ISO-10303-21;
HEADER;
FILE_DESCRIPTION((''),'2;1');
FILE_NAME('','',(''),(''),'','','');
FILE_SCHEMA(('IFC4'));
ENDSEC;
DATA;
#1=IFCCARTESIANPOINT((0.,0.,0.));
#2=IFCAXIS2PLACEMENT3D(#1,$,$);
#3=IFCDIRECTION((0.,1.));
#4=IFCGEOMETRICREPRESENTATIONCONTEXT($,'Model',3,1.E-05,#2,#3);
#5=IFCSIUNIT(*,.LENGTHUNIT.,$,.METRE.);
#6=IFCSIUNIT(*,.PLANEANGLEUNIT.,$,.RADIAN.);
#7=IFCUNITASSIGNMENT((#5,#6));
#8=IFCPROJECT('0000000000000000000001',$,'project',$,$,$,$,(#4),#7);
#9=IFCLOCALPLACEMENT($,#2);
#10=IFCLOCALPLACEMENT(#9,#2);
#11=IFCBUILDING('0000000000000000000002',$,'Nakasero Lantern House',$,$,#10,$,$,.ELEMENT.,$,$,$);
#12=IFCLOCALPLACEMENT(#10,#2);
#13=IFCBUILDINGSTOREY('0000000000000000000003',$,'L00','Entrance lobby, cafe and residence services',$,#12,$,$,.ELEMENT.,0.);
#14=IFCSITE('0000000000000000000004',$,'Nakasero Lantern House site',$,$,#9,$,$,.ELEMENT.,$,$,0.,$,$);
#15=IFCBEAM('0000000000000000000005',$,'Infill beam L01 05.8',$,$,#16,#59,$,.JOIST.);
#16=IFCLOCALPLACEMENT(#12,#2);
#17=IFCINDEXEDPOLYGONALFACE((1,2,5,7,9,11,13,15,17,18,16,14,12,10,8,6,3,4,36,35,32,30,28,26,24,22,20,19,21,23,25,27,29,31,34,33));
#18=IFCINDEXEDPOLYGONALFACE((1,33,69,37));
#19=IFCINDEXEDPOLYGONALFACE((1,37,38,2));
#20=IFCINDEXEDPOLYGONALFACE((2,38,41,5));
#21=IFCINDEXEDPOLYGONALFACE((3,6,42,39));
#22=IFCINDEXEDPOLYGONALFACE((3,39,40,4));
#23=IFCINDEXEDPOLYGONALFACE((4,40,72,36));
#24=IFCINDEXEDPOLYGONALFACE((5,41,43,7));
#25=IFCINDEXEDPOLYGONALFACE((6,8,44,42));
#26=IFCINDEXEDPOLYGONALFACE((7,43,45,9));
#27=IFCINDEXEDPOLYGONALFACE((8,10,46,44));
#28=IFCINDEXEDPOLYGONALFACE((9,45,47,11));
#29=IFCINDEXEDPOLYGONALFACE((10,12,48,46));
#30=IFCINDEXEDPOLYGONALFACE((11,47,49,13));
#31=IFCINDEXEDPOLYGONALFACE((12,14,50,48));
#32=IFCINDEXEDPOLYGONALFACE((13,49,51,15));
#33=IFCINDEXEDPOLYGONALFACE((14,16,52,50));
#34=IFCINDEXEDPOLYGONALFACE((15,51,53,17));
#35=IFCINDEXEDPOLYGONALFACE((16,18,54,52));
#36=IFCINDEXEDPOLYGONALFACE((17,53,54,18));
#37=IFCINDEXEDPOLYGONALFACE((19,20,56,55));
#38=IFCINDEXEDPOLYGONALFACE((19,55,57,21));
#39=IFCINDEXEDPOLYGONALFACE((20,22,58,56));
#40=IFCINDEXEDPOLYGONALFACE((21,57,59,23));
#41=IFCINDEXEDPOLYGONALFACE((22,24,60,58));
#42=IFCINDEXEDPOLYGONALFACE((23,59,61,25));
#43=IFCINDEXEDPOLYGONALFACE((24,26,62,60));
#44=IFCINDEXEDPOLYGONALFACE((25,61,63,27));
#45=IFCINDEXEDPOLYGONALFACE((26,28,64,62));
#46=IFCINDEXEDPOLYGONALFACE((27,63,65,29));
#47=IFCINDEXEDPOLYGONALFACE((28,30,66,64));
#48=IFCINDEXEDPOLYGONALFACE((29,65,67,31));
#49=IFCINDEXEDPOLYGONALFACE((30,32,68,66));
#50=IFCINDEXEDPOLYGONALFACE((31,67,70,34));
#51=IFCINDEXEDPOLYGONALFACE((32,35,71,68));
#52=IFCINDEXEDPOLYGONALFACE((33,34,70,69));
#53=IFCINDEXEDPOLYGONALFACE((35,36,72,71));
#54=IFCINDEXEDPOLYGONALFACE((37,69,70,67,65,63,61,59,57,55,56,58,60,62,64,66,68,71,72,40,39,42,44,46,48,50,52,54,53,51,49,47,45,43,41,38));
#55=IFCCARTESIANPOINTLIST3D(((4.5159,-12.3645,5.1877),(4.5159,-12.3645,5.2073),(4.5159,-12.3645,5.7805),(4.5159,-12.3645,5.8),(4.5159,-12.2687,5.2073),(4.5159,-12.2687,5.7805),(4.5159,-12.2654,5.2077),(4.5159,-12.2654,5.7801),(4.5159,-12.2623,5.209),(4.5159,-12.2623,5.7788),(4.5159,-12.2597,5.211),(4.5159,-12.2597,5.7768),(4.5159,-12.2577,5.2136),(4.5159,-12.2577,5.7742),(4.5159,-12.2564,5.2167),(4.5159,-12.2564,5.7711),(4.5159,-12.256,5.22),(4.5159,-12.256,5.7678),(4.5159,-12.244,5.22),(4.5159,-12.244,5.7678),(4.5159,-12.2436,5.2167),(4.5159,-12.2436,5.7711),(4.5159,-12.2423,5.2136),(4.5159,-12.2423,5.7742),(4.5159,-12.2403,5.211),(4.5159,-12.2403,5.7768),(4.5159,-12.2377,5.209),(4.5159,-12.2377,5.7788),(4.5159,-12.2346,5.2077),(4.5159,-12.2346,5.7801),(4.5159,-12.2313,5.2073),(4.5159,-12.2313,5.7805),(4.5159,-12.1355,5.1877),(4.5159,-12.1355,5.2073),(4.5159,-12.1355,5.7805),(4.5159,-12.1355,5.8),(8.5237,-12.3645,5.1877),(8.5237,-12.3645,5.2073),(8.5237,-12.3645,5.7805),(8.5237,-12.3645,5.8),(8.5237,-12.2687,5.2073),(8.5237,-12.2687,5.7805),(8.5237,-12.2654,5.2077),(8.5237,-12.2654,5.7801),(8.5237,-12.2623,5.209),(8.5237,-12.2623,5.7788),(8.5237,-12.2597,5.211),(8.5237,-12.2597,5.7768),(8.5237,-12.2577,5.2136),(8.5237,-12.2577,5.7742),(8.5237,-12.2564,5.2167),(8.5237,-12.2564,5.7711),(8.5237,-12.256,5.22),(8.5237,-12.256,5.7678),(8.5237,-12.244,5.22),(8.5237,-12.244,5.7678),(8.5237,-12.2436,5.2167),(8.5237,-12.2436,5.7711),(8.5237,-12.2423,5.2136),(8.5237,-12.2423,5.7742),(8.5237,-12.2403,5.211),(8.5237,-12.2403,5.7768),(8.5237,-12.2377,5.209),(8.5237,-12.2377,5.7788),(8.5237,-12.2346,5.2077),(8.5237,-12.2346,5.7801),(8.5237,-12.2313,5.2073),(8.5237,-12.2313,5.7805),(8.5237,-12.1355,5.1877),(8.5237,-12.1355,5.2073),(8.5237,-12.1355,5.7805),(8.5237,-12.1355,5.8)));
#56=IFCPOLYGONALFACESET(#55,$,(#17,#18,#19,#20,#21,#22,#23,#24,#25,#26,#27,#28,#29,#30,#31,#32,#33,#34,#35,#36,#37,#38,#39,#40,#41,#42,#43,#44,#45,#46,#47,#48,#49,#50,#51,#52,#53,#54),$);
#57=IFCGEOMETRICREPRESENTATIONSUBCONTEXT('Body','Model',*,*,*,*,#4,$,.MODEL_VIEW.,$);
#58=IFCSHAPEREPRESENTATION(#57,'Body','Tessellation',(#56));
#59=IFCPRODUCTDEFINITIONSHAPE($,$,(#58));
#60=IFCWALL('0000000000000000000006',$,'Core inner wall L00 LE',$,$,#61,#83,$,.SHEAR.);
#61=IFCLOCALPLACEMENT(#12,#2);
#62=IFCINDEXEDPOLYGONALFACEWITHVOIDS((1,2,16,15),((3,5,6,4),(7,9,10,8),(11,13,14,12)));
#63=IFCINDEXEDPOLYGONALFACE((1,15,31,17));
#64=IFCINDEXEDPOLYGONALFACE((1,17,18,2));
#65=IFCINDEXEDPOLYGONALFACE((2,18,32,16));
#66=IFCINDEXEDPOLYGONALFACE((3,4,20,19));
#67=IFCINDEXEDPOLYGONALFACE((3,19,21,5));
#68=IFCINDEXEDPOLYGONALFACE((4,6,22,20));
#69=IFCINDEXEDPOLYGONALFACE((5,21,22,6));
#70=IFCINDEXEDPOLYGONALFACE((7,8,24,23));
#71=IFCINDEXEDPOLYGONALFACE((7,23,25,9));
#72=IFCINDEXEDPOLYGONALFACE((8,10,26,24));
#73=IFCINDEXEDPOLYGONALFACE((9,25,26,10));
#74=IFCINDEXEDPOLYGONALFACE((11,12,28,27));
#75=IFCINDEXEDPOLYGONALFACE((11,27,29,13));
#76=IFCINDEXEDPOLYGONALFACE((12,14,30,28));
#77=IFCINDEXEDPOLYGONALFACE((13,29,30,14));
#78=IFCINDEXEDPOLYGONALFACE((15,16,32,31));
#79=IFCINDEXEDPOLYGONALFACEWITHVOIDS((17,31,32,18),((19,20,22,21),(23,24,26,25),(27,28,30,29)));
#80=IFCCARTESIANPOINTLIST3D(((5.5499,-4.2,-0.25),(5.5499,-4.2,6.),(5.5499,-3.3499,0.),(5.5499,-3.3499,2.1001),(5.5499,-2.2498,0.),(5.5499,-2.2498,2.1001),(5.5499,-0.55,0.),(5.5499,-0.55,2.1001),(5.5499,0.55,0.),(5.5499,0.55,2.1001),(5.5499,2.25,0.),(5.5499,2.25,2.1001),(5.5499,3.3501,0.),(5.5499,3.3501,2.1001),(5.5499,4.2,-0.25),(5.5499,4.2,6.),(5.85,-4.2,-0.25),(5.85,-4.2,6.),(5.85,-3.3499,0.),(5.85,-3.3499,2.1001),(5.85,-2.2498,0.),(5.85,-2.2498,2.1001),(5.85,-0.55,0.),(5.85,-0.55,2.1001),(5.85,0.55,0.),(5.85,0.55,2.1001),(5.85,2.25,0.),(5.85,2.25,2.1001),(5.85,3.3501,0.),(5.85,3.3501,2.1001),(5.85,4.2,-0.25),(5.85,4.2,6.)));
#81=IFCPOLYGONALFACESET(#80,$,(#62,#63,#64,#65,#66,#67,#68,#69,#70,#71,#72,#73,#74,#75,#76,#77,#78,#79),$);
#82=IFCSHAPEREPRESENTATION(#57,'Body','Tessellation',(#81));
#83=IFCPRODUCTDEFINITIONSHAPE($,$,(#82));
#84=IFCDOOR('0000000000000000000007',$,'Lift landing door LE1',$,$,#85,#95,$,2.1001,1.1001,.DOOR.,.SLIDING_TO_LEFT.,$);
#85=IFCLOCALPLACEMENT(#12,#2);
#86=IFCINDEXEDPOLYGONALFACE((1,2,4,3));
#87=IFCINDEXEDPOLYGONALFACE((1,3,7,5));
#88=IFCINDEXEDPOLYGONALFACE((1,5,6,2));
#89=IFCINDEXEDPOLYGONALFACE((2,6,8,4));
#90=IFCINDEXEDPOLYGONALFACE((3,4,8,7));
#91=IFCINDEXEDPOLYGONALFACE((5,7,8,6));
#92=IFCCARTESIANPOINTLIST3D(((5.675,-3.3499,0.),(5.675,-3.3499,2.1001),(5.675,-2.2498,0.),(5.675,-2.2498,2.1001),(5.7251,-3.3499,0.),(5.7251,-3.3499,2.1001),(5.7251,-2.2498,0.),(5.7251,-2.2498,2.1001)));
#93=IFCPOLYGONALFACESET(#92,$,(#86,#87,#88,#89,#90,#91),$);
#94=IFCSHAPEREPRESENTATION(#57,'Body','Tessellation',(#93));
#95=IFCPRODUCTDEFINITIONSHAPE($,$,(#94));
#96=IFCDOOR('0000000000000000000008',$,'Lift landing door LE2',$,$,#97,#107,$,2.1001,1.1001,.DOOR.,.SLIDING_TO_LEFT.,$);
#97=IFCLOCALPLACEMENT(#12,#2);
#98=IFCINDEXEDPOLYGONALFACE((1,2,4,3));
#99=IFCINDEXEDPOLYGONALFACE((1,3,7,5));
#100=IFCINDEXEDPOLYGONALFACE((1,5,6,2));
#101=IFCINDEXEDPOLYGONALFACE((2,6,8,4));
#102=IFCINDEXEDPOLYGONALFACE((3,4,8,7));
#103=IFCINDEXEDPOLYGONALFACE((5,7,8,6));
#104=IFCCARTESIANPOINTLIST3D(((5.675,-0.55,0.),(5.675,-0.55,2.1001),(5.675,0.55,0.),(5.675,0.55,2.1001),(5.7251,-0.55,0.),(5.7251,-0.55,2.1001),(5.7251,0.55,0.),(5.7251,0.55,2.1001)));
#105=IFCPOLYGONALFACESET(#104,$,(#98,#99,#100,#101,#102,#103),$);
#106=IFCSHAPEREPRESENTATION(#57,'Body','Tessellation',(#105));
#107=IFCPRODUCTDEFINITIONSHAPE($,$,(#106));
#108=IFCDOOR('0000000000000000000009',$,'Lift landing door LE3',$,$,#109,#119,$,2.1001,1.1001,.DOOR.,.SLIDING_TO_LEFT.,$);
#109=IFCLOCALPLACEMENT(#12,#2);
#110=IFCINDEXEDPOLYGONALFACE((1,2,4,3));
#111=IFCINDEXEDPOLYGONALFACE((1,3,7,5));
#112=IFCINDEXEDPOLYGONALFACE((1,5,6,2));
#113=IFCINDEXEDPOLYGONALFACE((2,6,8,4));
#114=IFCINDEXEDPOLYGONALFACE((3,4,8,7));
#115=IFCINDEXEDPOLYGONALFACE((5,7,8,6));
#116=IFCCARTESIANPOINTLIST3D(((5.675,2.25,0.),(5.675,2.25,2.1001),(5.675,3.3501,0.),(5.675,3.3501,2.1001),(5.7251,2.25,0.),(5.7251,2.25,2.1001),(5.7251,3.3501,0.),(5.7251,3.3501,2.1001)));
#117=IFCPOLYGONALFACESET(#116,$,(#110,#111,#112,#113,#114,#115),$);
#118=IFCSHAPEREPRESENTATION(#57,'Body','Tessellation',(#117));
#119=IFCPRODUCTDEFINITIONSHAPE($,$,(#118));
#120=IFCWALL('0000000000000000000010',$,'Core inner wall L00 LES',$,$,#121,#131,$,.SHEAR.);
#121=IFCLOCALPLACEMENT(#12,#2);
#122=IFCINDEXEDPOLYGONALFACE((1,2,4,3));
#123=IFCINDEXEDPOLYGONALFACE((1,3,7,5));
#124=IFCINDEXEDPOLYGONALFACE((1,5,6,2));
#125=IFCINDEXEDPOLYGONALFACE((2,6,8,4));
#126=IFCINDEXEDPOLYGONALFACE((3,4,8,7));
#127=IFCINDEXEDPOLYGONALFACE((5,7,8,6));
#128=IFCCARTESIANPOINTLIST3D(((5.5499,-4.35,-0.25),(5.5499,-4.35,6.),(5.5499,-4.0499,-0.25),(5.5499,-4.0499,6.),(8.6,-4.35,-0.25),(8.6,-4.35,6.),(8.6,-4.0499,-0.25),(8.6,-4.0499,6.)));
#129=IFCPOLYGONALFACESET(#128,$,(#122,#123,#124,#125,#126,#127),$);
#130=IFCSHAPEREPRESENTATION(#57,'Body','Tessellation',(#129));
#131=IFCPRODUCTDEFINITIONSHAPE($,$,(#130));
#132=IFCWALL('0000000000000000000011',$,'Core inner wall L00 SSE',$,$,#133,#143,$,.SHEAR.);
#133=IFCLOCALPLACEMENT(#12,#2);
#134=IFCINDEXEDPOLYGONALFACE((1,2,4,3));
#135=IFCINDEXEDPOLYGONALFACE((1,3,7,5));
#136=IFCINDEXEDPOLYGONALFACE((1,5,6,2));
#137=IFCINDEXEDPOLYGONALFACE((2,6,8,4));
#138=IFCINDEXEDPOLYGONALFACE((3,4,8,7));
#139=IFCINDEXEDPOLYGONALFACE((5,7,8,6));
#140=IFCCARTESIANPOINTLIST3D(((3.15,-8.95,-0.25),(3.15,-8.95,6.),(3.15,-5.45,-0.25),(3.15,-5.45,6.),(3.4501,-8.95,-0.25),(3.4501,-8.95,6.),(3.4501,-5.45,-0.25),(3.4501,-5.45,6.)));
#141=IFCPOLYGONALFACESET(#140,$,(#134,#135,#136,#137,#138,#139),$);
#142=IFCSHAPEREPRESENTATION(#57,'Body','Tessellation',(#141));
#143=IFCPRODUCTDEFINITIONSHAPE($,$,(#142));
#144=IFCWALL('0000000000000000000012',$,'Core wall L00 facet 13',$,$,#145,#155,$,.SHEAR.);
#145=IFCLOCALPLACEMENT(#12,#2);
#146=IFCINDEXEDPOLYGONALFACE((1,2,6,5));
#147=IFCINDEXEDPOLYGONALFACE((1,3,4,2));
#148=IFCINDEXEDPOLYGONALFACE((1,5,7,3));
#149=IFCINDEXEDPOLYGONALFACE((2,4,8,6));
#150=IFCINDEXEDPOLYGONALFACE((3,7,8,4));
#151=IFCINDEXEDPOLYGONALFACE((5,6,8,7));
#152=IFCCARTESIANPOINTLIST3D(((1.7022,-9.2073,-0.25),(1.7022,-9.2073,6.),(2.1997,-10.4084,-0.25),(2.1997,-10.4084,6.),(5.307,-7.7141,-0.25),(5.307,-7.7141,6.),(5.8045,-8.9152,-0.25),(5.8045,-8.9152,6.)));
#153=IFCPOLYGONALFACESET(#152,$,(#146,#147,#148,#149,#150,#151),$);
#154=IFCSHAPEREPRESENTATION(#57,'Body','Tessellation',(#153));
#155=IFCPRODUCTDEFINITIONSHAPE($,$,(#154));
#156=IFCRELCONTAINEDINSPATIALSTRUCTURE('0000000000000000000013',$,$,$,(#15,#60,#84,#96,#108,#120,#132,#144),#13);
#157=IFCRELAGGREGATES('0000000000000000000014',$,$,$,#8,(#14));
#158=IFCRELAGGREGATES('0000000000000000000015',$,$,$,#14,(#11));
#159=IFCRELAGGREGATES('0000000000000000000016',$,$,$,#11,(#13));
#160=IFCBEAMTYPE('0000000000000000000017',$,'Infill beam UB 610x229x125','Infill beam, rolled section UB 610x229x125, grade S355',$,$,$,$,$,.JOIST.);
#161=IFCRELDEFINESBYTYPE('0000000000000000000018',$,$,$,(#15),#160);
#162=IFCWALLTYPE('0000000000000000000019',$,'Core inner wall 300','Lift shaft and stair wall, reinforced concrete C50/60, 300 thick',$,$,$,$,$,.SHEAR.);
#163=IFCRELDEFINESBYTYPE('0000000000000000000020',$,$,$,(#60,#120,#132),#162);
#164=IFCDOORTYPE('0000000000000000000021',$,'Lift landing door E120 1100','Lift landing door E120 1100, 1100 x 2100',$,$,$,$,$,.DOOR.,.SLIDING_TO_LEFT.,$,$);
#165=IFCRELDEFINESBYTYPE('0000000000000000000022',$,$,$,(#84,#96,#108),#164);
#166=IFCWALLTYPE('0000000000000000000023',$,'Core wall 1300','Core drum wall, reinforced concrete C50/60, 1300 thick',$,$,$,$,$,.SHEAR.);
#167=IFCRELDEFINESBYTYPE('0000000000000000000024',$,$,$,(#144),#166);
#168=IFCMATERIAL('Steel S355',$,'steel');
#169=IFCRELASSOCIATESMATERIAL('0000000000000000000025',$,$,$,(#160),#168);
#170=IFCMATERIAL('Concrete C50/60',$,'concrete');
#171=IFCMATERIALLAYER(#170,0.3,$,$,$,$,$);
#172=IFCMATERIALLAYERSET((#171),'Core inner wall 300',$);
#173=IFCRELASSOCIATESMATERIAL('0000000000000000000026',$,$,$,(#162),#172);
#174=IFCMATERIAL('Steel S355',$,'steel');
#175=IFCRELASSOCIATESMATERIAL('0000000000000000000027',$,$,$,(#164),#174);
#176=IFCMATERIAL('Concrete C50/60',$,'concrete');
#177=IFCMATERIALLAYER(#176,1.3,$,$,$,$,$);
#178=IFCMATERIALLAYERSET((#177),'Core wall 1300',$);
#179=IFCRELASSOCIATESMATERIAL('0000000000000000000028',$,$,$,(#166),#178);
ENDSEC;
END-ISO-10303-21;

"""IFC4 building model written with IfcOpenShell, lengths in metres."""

from ifc_helpers import new_model, si_unit, direction, frame, frame_2d, origin, origin_2d, place, context, subcontext, project, spatial, rectangle, i_section, extrude, material, layer, layer_set, material_profile, profile_set, type_object, element, fill, save


model = new_model("IFC4")

# Units and contexts
model_context = context("Model", 3, precision=1e-05, world=origin(), true_north=direction((0.0, 1.0)))
body_context = subcontext(model_context, "Body", "Model", "MODEL_VIEW")
ifc_project = project(units=[si_unit("LENGTHUNIT", "METRE"), si_unit("PLANEANGLEUNIT", "RADIAN")], contexts=[model_context])

# Site, building, storey
site_placement = place(None, origin())
site = spatial("IfcSite", under=ifc_project, at=site_placement, Name="Nakasero Lantern House site", CompositionType="ELEMENT", RefElevation=0.0)
building_placement = place(site_placement, origin())
building = spatial("IfcBuilding", under=site, at=building_placement, Name="Nakasero Lantern House", CompositionType="ELEMENT")
storey_placement = place(building_placement, origin())
storey = spatial("IfcBuildingStorey", under=building, at=storey_placement, Name="L00", Description="Entrance lobby, cafe and residence services", CompositionType="ELEMENT", Elevation=0.0)

# Beam
ifc_material_1 = material(Name="Steel S355", Category="steel")
ifc_material_profile_1 = material_profile(ifc_material_1, i_section(OverallWidth=0.229, OverallDepth=0.6123, WebThickness=0.012, FlangeThickness=0.0195, FilletRadius=0.0127, at=origin_2d()), Name="UB 610x229x125")
ifc_profile_set_1 = profile_set([ifc_material_profile_1], Name="Steel S355")
beam_type_1 = type_object("IfcBeamType", Name="Infill beam UB 610x229x125", Description="Infill beam, rolled section UB 610x229x125, grade S355", PredefinedType="JOIST", material=ifc_profile_set_1)
beam_1_placement = place(storey_placement, frame((4.5159, -12.25, 5.4939), z_axis=(1.0, 0.0, 0.0), x_axis=(0.0, 1.0, 0.0)))
element("IfcBeam", 1, at=beam_1_placement, inside=storey, type_object=beam_type_1, Name="Infill beam L01 05.8", PredefinedType="JOIST", context=body_context, shape_type="SweptSolid", body=[
    extrude(i_section(OverallWidth=0.229, OverallDepth=0.6123, WebThickness=0.012, FlangeThickness=0.0195, FilletRadius=0.0127, at=origin_2d()), origin(), (0.0, 0.0, 1.0), 4.0078),
])

# Wall, openings, doors
ifc_material_2 = material(Name="Concrete C50/60", Category="concrete")
ifc_layer_1 = layer(ifc_material_2, 0.3)
ifc_layer_set_1 = layer_set([ifc_layer_1], Name="Core inner wall 300")
wall_type_1 = type_object("IfcWallType", Name="Core inner wall 300", Description="Lift shaft and stair wall, reinforced concrete C50/60, 300 thick", PredefinedType="SHEAR", material=ifc_layer_set_1)
wall_1_placement = place(storey_placement, frame((5.7, -4.2, -0.25), z_axis=(0.0, 0.0, 1.0), x_axis=(0.0, 1.0, 0.0)))
wall_1 = element("IfcWall", 2, at=wall_1_placement, inside=storey, type_object=wall_type_1, Name="Core inner wall L00 LE", PredefinedType="SHEAR", context=body_context, shape_type="SweptSolid", body=[
    extrude(rectangle(XDim=8.3999, YDim=0.3, at=frame_2d((4.2, 0.0))), origin(), (0.0, 0.0, 1.0), 6.25),
])
opening_1_placement = place(wall_1_placement, frame((0.8501, 0.0, 0.25)))
opening_1 = element("IfcOpeningElement", 3, at=opening_1_placement, cuts=wall_1, PredefinedType="OPENING", context=body_context, shape_type="SweptSolid", body=[
    extrude(rectangle(XDim=1.1001, YDim=2.1001, at=frame_2d((0.55, 1.05))), frame((0.0, 0.1699, 0.0), z_axis=(0.0, -1.0, 0.0), x_axis=(1.0, 0.0, 0.0)), (0.0, 0.0, 1.0), 0.3401),
])
opening_2_placement = place(wall_1_placement, frame((3.6499, 0.0, 0.25)))
opening_2 = element("IfcOpeningElement", 4, at=opening_2_placement, cuts=wall_1, PredefinedType="OPENING", context=body_context, shape_type="SweptSolid", body=[
    extrude(rectangle(XDim=1.1001, YDim=2.1001, at=frame_2d((0.55, 1.05))), frame((0.0, 0.1699, 0.0), z_axis=(0.0, -1.0, 0.0), x_axis=(1.0, 0.0, 0.0)), (0.0, 0.0, 1.0), 0.3401),
])
opening_3_placement = place(wall_1_placement, frame((6.45, 0.0, 0.25)))
opening_3 = element("IfcOpeningElement", 5, at=opening_3_placement, cuts=wall_1, PredefinedType="OPENING", context=body_context, shape_type="SweptSolid", body=[
    extrude(rectangle(XDim=1.1001, YDim=2.1001, at=frame_2d((0.55, 1.05))), frame((0.0, 0.1699, 0.0), z_axis=(0.0, -1.0, 0.0), x_axis=(1.0, 0.0, 0.0)), (0.0, 0.0, 1.0), 0.3401),
])
ifc_material_3 = material(Name="Steel S355", Category="steel")
door_type_1 = type_object("IfcDoorType", Name="Lift landing door E120 1100", Description="Lift landing door E120 1100, 1100 x 2100", OperationType="SLIDING_TO_LEFT", PredefinedType="DOOR", material=ifc_material_3)
door_1_placement = place(opening_1_placement, origin())
door_1 = element("IfcDoor", 6, at=door_1_placement, inside=storey, type_object=door_type_1, Name="Lift landing door LE1", OperationType="SLIDING_TO_LEFT", OverallHeight=2.1001, OverallWidth=1.1001, PredefinedType="DOOR", context=body_context, shape_type="SweptSolid", body=[
    extrude(rectangle(XDim=1.1001, YDim=2.1001, at=frame_2d((0.55, 1.05))), frame((0.0, 0.0249, 0.0), z_axis=(0.0, -1.0, 0.0), x_axis=(1.0, 0.0, 0.0)), (0.0, 0.0, 1.0), 0.05),
])
fill(opening_1, door_1)
door_2_placement = place(opening_2_placement, origin())
door_2 = element("IfcDoor", 7, at=door_2_placement, inside=storey, type_object=door_type_1, Name="Lift landing door LE2", OperationType="SLIDING_TO_LEFT", OverallHeight=2.1001, OverallWidth=1.1001, PredefinedType="DOOR", context=body_context, shape_type="SweptSolid", body=[
    extrude(rectangle(XDim=1.1001, YDim=2.1001, at=frame_2d((0.55, 1.05))), frame((0.0, 0.0249, 0.0), z_axis=(0.0, -1.0, 0.0), x_axis=(1.0, 0.0, 0.0)), (0.0, 0.0, 1.0), 0.05),
])
fill(opening_2, door_2)
door_3_placement = place(opening_3_placement, origin())
door_3 = element("IfcDoor", 8, at=door_3_placement, inside=storey, type_object=door_type_1, Name="Lift landing door LE3", OperationType="SLIDING_TO_LEFT", OverallHeight=2.1001, OverallWidth=1.1001, PredefinedType="DOOR", context=body_context, shape_type="SweptSolid", body=[
    extrude(rectangle(XDim=1.1001, YDim=2.1001, at=frame_2d((0.55, 1.05))), frame((0.0, 0.0249, 0.0), z_axis=(0.0, -1.0, 0.0), x_axis=(1.0, 0.0, 0.0)), (0.0, 0.0, 1.0), 0.05),
])
fill(opening_3, door_3)

# Walls
wall_2_placement = place(storey_placement, frame((5.55, -4.2, -0.25), z_axis=(0.0, 0.0, 1.0), x_axis=(1.0, 0.0, 0.0)))
element("IfcWall", 9, at=wall_2_placement, inside=storey, type_object=wall_type_1, Name="Core inner wall L00 LES", PredefinedType="SHEAR", context=body_context, shape_type="SweptSolid", body=[
    extrude(rectangle(XDim=3.05, YDim=0.3, at=frame_2d((1.5249, 0.0))), origin(), (0.0, 0.0, 1.0), 6.25),
])
wall_3_placement = place(storey_placement, frame((3.3, -5.45, -0.25), z_axis=(0.0, 0.0, 1.0), x_axis=(0.0, -1.0, 0.0)))
element("IfcWall", 10, at=wall_3_placement, inside=storey, type_object=wall_type_1, Name="Core inner wall L00 SSE", PredefinedType="SHEAR", context=body_context, shape_type="SweptSolid", body=[
    extrude(rectangle(XDim=3.5, YDim=0.3, at=frame_2d((1.75, 0.0))), origin(), (0.0, 0.0, 1.0), 6.25),
])
ifc_material_4 = material(Name="Concrete C50/60", Category="concrete")
ifc_layer_2 = layer(ifc_material_4, 1.3)
ifc_layer_set_2 = layer_set([ifc_layer_2], Name="Core wall 1300")
wall_type_2 = type_object("IfcWallType", Name="Core wall 1300", Description="Core drum wall, reinforced concrete C50/60, 1300 thick", PredefinedType="SHEAR", material=ifc_layer_set_2)
wall_4_placement = place(storey_placement, frame((1.9509, -9.8079, -0.25), z_axis=(0.0, 0.0, 1.0), x_axis=(0.923877, 0.382691, 0.0)))
element("IfcWall", 11, at=wall_4_placement, inside=storey, type_object=wall_type_2, Name="Core wall L00 facet 13", PredefinedType="SHEAR", context=body_context, shape_type="SweptSolid", body=[
    extrude(rectangle(XDim=3.9019, YDim=1.3, at=frame_2d((1.9509, 0.0))), origin(), (0.0, 0.0, 1.0), 6.25),
])

save(model, "model.ifc")
